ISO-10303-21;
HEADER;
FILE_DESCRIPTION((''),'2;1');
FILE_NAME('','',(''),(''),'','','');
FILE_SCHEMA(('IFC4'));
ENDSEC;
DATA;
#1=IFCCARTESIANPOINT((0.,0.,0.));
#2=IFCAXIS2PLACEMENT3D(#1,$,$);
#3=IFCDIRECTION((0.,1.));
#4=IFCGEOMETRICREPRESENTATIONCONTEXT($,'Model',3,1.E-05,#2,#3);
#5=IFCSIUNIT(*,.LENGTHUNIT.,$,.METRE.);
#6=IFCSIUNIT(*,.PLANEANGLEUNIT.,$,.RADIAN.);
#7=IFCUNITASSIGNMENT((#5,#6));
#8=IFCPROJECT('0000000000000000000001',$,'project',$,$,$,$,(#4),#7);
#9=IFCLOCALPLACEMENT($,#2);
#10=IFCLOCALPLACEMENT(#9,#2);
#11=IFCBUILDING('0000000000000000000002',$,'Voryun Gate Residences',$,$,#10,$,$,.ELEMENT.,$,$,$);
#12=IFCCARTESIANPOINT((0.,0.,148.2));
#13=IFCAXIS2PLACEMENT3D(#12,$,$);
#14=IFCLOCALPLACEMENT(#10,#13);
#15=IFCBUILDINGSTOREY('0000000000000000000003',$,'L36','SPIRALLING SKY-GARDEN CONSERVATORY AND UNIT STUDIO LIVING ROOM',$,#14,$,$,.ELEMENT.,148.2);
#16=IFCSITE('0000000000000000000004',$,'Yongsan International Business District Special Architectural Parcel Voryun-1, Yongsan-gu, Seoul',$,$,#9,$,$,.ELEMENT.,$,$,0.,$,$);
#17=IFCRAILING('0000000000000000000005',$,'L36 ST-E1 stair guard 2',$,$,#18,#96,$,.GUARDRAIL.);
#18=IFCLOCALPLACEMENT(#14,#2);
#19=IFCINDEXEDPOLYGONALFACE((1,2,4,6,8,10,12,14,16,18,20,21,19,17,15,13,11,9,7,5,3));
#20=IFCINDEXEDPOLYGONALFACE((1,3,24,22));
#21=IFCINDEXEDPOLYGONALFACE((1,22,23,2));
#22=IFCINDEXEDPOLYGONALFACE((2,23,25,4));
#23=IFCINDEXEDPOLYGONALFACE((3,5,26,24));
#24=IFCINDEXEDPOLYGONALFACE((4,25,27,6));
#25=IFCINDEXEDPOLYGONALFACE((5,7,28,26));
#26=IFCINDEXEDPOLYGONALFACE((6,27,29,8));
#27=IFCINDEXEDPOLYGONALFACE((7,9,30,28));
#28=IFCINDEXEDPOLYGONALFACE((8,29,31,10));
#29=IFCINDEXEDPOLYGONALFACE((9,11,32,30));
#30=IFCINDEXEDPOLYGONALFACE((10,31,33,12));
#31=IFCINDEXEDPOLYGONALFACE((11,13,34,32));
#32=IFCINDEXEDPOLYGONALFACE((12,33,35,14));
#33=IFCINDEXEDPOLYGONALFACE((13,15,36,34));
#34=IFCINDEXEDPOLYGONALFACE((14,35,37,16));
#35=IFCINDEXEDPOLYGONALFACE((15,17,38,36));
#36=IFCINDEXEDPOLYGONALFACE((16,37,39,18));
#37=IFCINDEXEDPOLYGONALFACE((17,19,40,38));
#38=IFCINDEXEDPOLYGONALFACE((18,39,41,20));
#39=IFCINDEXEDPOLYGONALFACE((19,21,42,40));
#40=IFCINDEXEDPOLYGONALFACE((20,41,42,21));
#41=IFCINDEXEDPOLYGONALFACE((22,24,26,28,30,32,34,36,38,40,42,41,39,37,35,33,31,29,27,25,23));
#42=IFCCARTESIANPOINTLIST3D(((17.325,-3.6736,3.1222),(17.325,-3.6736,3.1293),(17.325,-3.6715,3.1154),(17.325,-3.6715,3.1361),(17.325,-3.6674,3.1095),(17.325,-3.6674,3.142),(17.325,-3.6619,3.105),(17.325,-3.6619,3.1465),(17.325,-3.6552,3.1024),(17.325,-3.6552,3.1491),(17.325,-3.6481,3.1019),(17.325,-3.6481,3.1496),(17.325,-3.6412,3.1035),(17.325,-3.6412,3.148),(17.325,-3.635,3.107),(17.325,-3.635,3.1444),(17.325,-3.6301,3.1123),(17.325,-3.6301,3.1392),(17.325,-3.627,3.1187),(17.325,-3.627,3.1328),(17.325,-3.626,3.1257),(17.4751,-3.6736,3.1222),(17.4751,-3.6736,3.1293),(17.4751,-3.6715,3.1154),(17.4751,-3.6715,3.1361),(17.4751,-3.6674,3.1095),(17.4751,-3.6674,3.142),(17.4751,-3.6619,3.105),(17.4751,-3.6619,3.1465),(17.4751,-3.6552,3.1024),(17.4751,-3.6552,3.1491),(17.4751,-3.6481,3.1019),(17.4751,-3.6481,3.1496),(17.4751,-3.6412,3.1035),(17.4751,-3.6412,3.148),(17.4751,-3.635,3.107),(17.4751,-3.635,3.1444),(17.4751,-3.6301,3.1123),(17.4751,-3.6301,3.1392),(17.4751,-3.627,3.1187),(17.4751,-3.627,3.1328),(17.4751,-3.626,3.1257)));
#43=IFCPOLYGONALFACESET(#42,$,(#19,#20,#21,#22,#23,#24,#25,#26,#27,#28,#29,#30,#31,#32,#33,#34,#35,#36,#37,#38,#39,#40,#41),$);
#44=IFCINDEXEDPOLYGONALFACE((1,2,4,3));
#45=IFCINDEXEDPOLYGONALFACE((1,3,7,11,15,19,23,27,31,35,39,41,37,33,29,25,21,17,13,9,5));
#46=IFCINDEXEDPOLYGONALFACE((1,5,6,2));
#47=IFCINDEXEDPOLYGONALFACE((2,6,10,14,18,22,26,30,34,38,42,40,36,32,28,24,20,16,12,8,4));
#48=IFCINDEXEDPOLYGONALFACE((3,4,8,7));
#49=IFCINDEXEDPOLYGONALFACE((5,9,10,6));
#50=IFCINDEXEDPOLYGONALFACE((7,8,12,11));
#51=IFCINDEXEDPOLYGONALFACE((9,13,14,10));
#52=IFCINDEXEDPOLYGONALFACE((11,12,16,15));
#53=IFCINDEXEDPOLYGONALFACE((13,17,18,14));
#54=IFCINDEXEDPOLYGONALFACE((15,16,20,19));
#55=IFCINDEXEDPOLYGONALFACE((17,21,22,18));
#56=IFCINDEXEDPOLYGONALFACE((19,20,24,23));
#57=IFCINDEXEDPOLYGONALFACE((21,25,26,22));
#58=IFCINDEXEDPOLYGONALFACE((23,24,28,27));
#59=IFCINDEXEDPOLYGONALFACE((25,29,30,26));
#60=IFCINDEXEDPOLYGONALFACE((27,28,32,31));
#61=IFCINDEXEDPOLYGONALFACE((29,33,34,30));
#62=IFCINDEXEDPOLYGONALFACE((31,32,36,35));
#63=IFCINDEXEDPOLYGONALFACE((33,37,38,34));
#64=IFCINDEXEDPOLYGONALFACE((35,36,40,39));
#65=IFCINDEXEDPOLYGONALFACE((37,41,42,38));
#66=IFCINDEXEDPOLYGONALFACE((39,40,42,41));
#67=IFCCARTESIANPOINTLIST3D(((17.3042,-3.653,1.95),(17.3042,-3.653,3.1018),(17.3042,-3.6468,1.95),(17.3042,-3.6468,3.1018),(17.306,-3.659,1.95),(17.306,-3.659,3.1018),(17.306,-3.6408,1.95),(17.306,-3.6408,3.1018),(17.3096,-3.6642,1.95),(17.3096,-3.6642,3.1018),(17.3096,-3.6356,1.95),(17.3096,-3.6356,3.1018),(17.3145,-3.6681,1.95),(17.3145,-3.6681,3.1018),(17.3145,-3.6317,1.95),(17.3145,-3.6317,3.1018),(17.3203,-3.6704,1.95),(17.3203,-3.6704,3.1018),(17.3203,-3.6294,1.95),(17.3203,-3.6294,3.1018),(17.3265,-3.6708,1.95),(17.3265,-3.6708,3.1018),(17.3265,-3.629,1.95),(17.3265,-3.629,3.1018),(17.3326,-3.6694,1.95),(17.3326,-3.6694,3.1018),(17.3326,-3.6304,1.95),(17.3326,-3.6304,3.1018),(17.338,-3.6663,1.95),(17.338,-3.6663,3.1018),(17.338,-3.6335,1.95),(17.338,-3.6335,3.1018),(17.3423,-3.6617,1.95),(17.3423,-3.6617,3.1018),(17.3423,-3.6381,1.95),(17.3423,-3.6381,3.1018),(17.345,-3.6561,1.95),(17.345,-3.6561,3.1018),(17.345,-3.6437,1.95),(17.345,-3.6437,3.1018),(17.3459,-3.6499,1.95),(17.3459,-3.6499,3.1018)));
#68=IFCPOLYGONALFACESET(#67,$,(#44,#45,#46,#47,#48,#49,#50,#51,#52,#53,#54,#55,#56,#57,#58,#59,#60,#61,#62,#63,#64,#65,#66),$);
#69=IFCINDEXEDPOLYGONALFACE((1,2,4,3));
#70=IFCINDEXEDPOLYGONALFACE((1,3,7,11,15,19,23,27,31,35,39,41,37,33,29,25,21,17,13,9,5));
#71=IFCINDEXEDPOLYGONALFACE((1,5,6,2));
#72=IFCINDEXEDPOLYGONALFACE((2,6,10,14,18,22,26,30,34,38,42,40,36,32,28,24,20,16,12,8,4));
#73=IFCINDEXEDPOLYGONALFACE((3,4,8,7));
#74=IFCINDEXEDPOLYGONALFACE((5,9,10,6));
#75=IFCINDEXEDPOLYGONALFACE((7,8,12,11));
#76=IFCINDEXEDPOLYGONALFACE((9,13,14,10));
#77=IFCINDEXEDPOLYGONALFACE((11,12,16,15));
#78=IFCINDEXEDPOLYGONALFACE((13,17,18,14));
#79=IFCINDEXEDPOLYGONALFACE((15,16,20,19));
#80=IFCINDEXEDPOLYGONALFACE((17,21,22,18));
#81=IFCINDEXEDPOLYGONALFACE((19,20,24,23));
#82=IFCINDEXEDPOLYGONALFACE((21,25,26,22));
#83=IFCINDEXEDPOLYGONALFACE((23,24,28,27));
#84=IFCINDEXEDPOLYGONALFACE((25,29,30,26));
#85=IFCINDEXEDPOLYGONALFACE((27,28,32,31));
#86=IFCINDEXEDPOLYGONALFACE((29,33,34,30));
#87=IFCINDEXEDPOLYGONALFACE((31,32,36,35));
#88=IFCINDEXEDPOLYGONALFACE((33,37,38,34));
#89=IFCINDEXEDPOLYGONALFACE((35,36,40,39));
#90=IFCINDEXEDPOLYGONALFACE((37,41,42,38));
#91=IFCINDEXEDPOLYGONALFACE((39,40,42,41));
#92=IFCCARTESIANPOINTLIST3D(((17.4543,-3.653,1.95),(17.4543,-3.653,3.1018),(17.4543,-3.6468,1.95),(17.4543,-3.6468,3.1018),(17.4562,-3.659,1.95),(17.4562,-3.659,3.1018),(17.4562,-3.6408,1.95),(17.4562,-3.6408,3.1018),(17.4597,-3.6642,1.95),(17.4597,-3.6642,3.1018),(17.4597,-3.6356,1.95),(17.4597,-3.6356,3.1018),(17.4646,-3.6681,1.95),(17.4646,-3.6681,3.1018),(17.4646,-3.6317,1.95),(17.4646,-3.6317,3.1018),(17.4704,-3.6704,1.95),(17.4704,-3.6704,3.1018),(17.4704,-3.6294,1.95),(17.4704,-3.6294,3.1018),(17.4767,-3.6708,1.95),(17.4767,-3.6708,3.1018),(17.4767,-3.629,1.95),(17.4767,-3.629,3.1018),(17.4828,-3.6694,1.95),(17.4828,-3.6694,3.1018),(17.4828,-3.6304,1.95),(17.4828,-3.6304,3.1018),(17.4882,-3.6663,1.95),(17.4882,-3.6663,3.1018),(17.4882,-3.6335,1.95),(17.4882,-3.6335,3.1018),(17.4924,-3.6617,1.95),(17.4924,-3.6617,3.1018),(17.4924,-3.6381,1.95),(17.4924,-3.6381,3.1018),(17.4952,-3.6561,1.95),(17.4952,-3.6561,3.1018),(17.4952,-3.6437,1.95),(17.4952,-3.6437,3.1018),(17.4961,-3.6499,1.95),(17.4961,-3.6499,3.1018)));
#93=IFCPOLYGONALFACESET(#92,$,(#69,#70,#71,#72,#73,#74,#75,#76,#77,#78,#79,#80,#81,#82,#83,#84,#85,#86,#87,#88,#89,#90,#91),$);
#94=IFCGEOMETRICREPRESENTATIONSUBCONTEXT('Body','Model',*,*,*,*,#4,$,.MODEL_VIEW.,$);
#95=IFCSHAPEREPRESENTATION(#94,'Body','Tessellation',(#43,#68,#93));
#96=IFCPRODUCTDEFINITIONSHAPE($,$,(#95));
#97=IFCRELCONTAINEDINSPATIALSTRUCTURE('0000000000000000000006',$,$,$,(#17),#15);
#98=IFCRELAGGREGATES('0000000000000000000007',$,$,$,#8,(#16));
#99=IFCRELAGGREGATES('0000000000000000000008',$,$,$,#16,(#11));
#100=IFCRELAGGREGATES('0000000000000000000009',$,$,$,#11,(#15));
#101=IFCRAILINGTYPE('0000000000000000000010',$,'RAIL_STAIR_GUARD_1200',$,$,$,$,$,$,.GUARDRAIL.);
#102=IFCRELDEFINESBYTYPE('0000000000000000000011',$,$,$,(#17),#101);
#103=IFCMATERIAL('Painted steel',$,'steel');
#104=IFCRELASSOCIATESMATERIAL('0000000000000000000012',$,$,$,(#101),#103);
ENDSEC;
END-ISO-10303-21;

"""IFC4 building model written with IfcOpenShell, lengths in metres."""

from ifc_helpers import new_model, si_unit, direction, frame, origin, origin_2d, place, context, subcontext, project, spatial, circle, extrude, material, type_object, element, save


model = new_model("IFC4")

# Units and contexts
model_context = context("Model", 3, precision=1e-05, world=origin(), true_north=direction((0.0, 1.0)))
body_context = subcontext(model_context, "Body", "Model", "MODEL_VIEW")
ifc_project = project(units=[si_unit("LENGTHUNIT", "METRE"), si_unit("PLANEANGLEUNIT", "RADIAN")], contexts=[model_context])

# Site, building, storey
site_placement = place(None, origin())
site = spatial("IfcSite", under=ifc_project, at=site_placement, Name="Yongsan International Business District Special Architectural Parcel Voryun-1, Yongsan-gu, Seoul", CompositionType="ELEMENT", RefElevation=0.0)
building_placement = place(site_placement, origin())
building = spatial("IfcBuilding", under=site, at=building_placement, Name="Voryun Gate Residences", CompositionType="ELEMENT")
storey_placement = place(building_placement, frame((0.0, 0.0, 148.2)))
storey = spatial("IfcBuildingStorey", under=building, at=storey_placement, Name="L36", Description="SPIRALLING SKY-GARDEN CONSERVATORY AND UNIT STUDIO LIVING ROOM", CompositionType="ELEMENT", Elevation=148.2)

# Railing
ifc_material_1 = material(Name="Painted steel", Category="steel")
railing_type_1 = type_object("IfcRailingType", Name="RAIL_STAIR_GUARD_1200", PredefinedType="GUARDRAIL", material=ifc_material_1)
railing_1_placement = place(storey_placement, frame((17.325, -3.6499, 1.95)))
element("IfcRailing", 1, at=railing_1_placement, inside=storey, type_object=railing_type_1, Name="L36 ST-E1 stair guard 2", PredefinedType="GUARDRAIL", context=body_context, shape_type="SweptSolid", body=[
    extrude(circle(Radius=0.0239, at=origin_2d()), frame((0.0, 0.0, 1.1758), z_axis=(1.0, 0.0, 0.0), x_axis=(0.0, 1.0, 0.0)), (0.0, 0.0, 1.0), 0.1501),
    extrude(circle(Radius=0.021, at=origin_2d()), origin(), (0.0, 0.0, 1.0), 1.1519),
    extrude(circle(Radius=0.021, at=origin_2d()), frame((0.1501, 0.0, 0.0)), (0.0, 0.0, 1.0), 1.1519),
])

save(model, "model.ifc")
